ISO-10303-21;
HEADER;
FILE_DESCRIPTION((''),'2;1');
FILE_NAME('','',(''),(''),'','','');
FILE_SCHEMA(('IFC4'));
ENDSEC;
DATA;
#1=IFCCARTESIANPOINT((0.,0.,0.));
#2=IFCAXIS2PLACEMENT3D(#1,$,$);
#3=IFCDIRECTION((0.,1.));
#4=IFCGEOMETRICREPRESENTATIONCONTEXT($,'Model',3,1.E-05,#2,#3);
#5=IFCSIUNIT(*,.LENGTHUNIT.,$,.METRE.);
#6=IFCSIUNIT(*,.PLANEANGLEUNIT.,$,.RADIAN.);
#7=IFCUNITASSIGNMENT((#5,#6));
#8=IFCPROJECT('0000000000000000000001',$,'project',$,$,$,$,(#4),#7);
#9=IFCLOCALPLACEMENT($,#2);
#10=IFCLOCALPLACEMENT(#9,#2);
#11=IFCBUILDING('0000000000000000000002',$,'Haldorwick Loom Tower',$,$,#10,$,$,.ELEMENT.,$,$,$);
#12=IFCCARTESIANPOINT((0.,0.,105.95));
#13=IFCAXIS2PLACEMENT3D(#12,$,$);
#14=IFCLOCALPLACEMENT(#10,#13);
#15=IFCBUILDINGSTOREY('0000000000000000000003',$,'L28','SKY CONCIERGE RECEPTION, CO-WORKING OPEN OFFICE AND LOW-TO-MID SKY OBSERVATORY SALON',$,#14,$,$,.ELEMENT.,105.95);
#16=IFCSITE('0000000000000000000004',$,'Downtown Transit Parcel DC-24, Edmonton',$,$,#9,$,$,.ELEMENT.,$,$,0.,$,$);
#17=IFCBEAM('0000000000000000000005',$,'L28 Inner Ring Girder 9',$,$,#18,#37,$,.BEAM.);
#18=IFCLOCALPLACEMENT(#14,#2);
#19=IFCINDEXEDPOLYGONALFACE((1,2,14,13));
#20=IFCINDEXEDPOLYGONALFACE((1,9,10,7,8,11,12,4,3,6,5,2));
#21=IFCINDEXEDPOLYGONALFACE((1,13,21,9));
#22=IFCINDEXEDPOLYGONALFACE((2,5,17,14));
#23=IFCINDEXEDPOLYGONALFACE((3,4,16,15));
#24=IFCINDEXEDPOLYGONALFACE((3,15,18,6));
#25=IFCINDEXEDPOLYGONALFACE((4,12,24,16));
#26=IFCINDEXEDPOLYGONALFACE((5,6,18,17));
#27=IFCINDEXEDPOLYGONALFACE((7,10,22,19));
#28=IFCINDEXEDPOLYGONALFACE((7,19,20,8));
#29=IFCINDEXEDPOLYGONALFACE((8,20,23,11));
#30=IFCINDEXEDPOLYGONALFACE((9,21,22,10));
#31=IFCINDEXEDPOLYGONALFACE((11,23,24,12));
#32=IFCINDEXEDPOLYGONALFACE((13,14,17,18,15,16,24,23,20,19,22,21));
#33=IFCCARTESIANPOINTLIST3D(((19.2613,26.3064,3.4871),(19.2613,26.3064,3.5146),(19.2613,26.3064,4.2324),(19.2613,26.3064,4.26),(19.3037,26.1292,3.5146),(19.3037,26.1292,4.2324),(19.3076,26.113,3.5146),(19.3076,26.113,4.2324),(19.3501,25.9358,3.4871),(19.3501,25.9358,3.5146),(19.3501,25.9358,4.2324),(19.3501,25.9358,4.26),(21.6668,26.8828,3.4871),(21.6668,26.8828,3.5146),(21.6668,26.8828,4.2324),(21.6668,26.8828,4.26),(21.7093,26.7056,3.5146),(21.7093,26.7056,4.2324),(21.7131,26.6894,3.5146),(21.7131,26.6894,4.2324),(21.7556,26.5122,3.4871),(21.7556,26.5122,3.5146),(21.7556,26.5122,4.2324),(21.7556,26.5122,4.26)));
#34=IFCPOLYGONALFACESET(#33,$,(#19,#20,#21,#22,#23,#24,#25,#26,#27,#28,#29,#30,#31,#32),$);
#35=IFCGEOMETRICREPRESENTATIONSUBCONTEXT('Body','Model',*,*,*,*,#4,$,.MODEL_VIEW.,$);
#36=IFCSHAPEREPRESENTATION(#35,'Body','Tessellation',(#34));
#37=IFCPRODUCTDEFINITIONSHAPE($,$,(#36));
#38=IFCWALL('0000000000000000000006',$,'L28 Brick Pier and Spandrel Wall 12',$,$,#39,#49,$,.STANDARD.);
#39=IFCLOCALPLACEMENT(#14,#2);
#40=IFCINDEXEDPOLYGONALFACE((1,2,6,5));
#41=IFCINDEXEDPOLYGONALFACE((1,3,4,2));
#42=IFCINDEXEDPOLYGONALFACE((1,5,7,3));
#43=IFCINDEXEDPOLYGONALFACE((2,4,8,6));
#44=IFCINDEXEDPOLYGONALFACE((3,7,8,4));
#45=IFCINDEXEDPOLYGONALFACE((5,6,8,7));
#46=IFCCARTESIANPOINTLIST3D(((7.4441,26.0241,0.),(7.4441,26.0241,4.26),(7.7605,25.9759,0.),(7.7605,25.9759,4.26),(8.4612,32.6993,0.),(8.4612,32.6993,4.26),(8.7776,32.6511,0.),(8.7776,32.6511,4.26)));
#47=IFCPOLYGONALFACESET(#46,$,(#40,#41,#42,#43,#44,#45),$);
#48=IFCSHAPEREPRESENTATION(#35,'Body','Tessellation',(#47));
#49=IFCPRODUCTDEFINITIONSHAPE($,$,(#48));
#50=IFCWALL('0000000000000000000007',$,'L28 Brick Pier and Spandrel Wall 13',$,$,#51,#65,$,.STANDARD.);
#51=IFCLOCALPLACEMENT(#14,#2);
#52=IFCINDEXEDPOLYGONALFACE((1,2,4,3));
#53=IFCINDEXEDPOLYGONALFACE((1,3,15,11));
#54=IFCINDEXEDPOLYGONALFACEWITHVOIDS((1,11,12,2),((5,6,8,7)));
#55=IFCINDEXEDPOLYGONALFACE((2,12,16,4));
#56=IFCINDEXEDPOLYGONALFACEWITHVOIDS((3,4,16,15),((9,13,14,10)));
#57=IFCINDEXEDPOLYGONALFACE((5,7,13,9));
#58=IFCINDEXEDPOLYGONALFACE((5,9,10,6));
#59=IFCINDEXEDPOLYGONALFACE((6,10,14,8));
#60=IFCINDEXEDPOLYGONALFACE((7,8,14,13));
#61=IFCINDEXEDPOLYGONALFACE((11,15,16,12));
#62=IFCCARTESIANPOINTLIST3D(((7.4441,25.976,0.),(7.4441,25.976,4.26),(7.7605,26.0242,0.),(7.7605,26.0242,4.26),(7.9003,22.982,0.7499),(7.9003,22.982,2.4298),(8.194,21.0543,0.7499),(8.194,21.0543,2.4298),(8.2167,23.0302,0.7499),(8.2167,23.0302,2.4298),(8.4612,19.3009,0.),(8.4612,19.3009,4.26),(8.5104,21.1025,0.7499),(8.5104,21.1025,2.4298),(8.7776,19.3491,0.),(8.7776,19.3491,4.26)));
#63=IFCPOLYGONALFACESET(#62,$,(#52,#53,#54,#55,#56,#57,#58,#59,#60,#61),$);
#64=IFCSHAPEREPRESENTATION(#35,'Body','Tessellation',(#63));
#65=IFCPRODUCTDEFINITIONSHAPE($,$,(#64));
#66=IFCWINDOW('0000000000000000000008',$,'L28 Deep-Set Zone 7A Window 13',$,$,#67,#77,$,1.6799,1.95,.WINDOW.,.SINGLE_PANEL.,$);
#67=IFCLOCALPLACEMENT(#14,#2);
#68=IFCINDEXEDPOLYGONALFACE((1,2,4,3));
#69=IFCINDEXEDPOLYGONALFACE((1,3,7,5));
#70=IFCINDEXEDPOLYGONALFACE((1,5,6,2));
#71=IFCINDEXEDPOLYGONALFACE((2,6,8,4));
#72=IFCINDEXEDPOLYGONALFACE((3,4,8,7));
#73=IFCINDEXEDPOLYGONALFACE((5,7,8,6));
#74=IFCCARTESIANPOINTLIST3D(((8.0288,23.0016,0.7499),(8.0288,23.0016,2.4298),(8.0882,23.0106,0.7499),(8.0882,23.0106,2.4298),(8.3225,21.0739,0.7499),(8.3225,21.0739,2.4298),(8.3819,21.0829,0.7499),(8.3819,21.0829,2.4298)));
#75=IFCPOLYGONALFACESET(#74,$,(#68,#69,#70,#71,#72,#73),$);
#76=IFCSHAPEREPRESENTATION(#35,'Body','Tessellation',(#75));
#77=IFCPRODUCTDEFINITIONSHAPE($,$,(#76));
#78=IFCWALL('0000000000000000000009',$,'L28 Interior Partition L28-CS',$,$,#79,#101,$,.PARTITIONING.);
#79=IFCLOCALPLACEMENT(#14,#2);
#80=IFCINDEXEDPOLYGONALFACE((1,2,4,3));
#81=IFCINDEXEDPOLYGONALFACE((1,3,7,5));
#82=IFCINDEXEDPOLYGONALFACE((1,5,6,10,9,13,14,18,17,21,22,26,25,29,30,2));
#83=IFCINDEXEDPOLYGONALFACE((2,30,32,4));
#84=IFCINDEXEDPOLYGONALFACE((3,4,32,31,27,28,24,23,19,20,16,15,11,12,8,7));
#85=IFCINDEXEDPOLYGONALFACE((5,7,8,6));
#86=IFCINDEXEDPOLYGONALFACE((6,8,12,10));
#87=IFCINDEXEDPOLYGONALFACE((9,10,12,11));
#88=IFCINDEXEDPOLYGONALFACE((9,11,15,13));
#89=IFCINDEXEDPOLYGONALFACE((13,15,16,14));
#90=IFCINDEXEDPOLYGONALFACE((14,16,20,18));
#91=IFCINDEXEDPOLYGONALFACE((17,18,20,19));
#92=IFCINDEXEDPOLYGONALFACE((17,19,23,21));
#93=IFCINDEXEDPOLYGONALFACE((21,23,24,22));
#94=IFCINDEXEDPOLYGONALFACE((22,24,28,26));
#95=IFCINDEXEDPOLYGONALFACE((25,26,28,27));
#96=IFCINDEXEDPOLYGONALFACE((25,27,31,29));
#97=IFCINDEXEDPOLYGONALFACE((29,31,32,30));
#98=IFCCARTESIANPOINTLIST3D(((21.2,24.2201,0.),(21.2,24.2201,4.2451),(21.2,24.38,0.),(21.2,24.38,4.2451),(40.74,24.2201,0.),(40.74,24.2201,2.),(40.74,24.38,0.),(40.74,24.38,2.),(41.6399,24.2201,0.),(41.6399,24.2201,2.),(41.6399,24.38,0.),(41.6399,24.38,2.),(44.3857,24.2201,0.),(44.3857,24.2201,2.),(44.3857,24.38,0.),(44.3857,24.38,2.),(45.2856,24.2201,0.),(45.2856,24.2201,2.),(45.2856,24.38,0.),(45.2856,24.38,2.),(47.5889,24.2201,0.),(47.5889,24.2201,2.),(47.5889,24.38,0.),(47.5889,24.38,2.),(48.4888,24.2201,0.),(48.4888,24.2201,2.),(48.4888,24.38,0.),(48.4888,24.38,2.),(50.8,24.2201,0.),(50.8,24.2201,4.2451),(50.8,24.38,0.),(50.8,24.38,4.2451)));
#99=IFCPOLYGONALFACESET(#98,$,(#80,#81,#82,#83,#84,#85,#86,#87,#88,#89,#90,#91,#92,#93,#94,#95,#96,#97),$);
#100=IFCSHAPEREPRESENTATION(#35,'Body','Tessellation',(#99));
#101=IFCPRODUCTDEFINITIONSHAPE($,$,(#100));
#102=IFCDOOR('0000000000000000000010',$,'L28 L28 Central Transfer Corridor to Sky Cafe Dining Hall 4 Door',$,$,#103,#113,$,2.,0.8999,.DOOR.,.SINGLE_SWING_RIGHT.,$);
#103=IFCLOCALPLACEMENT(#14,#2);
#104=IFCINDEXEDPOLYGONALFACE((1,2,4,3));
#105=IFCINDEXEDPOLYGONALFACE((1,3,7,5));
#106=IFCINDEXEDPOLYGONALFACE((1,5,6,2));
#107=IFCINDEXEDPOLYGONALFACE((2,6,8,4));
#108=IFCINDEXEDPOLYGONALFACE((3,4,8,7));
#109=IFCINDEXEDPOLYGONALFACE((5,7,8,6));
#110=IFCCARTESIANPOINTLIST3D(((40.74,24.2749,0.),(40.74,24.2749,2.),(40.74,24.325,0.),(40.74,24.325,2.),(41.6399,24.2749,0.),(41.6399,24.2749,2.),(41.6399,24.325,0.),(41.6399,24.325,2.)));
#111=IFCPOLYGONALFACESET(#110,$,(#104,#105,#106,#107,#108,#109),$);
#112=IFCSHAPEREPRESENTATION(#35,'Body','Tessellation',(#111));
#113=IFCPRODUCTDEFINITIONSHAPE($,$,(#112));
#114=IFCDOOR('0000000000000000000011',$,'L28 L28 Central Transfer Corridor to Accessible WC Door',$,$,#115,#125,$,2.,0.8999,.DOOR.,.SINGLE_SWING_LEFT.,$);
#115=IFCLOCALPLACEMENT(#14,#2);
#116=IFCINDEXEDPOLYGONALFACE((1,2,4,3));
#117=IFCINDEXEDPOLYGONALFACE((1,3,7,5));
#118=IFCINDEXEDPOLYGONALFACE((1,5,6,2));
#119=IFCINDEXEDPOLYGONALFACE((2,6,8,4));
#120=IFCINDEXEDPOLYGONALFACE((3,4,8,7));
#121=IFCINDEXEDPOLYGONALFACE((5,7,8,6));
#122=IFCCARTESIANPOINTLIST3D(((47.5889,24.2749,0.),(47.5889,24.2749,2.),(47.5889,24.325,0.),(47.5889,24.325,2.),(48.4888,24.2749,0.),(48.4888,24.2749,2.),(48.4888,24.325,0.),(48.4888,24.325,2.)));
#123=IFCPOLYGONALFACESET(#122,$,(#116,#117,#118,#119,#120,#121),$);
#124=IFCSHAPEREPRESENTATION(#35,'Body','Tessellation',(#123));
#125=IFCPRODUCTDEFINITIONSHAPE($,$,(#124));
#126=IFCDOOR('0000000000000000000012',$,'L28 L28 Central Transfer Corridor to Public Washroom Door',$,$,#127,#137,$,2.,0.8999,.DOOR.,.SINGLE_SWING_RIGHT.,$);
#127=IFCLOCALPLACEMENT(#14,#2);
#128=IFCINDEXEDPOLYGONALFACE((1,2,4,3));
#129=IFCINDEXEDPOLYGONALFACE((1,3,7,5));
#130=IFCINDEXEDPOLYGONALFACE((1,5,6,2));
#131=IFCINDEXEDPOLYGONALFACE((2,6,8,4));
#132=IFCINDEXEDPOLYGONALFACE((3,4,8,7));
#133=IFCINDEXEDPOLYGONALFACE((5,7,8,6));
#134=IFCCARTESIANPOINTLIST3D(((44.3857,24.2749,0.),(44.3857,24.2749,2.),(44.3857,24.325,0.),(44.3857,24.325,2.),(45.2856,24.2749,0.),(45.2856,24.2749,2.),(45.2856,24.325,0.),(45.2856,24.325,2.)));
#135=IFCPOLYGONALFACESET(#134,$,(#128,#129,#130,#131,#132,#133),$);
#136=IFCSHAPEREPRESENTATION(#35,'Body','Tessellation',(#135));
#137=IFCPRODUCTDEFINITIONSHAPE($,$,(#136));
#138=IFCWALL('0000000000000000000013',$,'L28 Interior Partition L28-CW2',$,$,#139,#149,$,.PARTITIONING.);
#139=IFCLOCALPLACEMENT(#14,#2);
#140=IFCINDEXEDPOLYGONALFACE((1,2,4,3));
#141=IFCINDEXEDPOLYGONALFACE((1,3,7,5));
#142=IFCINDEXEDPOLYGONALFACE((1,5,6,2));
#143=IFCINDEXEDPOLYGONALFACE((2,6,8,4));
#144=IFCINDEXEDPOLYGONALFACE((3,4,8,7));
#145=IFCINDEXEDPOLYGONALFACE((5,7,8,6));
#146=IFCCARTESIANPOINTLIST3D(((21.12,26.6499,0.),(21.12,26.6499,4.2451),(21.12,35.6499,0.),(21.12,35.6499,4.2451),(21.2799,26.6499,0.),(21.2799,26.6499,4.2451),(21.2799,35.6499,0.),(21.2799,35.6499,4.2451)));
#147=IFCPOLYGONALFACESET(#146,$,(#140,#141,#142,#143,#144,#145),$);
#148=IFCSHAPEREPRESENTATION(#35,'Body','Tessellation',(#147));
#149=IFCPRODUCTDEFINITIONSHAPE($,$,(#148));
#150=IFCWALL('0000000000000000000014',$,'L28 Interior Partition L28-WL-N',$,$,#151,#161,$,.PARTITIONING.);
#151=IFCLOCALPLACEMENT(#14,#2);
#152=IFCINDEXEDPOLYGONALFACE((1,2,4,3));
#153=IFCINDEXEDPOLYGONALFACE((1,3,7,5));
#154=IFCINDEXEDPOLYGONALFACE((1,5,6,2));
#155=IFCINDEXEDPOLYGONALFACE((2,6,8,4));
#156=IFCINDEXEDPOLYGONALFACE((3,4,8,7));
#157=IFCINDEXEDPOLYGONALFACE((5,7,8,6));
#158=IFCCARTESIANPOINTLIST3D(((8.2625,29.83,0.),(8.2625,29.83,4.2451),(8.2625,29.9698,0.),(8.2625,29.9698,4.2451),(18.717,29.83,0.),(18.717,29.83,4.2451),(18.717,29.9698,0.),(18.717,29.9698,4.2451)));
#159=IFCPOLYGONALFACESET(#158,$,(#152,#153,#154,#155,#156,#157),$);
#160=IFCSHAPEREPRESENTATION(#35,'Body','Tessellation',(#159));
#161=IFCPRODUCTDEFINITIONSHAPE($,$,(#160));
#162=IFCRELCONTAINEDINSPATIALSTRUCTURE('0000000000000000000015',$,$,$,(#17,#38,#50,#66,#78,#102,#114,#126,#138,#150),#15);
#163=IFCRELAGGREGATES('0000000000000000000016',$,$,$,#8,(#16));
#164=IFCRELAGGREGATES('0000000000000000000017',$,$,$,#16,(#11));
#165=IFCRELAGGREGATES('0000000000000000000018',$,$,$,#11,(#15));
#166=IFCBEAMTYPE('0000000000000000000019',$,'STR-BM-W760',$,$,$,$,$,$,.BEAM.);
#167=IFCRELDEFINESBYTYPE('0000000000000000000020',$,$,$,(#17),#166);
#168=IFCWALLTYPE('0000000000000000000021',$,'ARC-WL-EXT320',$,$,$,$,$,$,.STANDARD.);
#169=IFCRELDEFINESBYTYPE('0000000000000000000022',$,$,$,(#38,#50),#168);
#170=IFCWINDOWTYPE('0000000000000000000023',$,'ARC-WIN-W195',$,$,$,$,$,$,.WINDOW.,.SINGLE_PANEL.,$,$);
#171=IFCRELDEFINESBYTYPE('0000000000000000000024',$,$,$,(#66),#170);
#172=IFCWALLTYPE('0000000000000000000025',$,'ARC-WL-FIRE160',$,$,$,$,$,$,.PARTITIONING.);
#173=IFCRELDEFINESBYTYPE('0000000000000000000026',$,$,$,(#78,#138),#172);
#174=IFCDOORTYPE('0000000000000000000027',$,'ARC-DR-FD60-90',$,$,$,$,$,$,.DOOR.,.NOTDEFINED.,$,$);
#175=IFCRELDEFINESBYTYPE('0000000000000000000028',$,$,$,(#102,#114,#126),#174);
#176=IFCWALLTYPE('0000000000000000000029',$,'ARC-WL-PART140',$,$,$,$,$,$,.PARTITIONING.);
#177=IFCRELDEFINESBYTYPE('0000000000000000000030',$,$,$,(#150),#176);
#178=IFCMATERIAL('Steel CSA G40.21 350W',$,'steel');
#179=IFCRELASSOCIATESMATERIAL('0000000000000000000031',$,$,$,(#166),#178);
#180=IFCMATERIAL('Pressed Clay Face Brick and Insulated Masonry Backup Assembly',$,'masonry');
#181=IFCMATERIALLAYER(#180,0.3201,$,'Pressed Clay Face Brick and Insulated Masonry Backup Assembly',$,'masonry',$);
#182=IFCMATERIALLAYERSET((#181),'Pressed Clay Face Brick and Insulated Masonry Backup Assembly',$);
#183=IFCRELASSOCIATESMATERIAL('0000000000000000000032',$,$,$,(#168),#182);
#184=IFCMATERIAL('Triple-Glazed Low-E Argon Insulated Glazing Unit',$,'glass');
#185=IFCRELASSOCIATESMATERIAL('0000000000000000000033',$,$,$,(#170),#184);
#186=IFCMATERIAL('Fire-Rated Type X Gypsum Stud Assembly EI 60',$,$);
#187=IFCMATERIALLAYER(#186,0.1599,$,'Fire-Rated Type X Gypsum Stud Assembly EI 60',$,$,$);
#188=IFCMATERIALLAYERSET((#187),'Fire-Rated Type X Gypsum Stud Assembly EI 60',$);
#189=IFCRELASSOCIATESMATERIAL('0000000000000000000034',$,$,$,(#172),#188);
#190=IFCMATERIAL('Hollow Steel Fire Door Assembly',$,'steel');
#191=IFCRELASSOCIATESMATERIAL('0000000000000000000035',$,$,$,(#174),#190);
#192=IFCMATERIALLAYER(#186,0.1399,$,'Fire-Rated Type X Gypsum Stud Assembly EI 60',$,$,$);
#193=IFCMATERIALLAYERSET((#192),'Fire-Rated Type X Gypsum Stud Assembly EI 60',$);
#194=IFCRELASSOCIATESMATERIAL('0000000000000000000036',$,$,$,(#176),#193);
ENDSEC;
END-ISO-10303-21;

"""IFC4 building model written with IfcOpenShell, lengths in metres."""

from ifc_helpers import new_model, si_unit, direction, frame, frame_2d, origin, origin_2d, place, context, subcontext, project, spatial, rectangle, i_section, extrude, material, layer, layer_set, material_profile, profile_set, type_object, element, fill, save


model = new_model("IFC4")

# Units and contexts
model_context = context("Model", 3, precision=1e-05, world=origin(), true_north=direction((0.0, 1.0)))
body_context = subcontext(model_context, "Body", "Model", "MODEL_VIEW")
ifc_project = project(units=[si_unit("LENGTHUNIT", "METRE"), si_unit("PLANEANGLEUNIT", "RADIAN")], contexts=[model_context])

# Site, building, storey
site_placement = place(None, origin())
site = spatial("IfcSite", under=ifc_project, at=site_placement, Name="Downtown Transit Parcel DC-24, Edmonton", CompositionType="ELEMENT", RefElevation=0.0)
building_placement = place(site_placement, origin())
building = spatial("IfcBuilding", under=site, at=building_placement, Name="Haldorwick Loom Tower", CompositionType="ELEMENT")
storey_placement = place(building_placement, frame((0.0, 0.0, 105.95)))
storey = spatial("IfcBuildingStorey", under=building, at=storey_placement, Name="L28", Description="SKY CONCIERGE RECEPTION, CO-WORKING OPEN OFFICE AND LOW-TO-MID SKY OBSERVATORY SALON", CompositionType="ELEMENT", Elevation=105.95)

# Beam
ifc_material_1 = material(Name="Steel CSA G40.21 350W", Category="steel")
ifc_material_profile_1 = material_profile(ifc_material_1, i_section(OverallWidth=0.3811, OverallDepth=0.7729, WebThickness=0.0166, FlangeThickness=0.0276, at=origin_2d()), Name="W760X257", Category="steel")
ifc_profile_set_1 = profile_set([ifc_material_profile_1], Name="Steel CSA G40.21 350W")
beam_type_1 = type_object("IfcBeamType", Name="STR-BM-W760", PredefinedType="BEAM", material=ifc_profile_set_1)
beam_1_placement = place(storey_placement, frame((19.3057, 26.1211, 3.8735), z_axis=(0.972471, 0.233026, 0.0), x_axis=(-0.233026, 0.972471, 0.0)))
element("IfcBeam", 1, at=beam_1_placement, inside=storey, type_object=beam_type_1, Name="L28 Inner Ring Girder 9", PredefinedType="BEAM", context=body_context, shape_type="SweptSolid", body=[
    extrude(i_section(OverallWidth=0.3811, OverallDepth=0.7729, WebThickness=0.0166, FlangeThickness=0.0276, at=origin_2d()), origin(), (0.0, 0.0, 1.0), 2.4736),
])

# Wall
ifc_material_2 = material(Name="Pressed Clay Face Brick and Insulated Masonry Backup Assembly", Category="masonry")
ifc_layer_1 = layer(ifc_material_2, 0.3201, Name="Pressed Clay Face Brick and Insulated Masonry Backup Assembly", Category="masonry")
ifc_layer_set_1 = layer_set([ifc_layer_1], Name="Pressed Clay Face Brick and Insulated Masonry Backup Assembly")
wall_type_1 = type_object("IfcWallType", Name="ARC-WL-EXT320", PredefinedType="STANDARD", material=ifc_layer_set_1)
wall_1_placement = place(storey_placement, frame((8.6194, 32.675, 0.0), z_axis=(0.0, 0.0, 1.0), x_axis=(-0.150633, -0.98859, 0.0)))
element("IfcWall", 2, at=wall_1_placement, inside=storey, type_object=wall_type_1, Name="L28 Brick Pier and Spandrel Wall 12", PredefinedType="STANDARD", context=body_context, shape_type="SweptSolid", body=[
    extrude(rectangle(XDim=6.7522, YDim=0.3201, at=frame_2d((3.376, 0.0))), origin(), (0.0, 0.0, 1.0), 4.26),
])

# Wall, opening, window
wall_2_placement = place(storey_placement, frame((7.6023, 26.0, 0.0), z_axis=(0.0, 0.0, 1.0), x_axis=(0.150633, -0.98859, 0.0)))
wall_2 = element("IfcWall", 3, at=wall_2_placement, inside=storey, type_object=wall_type_1, Name="L28 Brick Pier and Spandrel Wall 13", PredefinedType="STANDARD", context=body_context, shape_type="SweptSolid", body=[
    extrude(rectangle(XDim=6.7522, YDim=0.3201, at=frame_2d((3.376, 0.0))), origin(), (0.0, 0.0, 1.0), 4.26),
])
opening_1_placement = place(wall_2_placement, frame((3.0283, 0.0, 0.75)))
opening_1 = element("IfcOpeningElement", 4, at=opening_1_placement, cuts=wall_2, PredefinedType="OPENING", context=body_context, shape_type="SweptSolid", body=[
    extrude(rectangle(XDim=1.95, YDim=1.6799, at=frame_2d((0.9751, 0.8398))), frame((0.0, 0.1699, 0.0), z_axis=(0.0, -1.0, 0.0), x_axis=(1.0, 0.0, 0.0)), (0.0, 0.0, 1.0), 0.3401),
])
ifc_material_3 = material(Name="Triple-Glazed Low-E Argon Insulated Glazing Unit", Category="glass")
window_type = type_object("IfcWindowType", Name="ARC-WIN-W195", PartitioningType="SINGLE_PANEL", PredefinedType="WINDOW", material=ifc_material_3)
window_placement = place(opening_1_placement, origin())
window = element("IfcWindow", 5, at=window_placement, inside=storey, type_object=window_type, Name="L28 Deep-Set Zone 7A Window 13", OverallHeight=1.6799, OverallWidth=1.95, PartitioningType="SINGLE_PANEL", PredefinedType="WINDOW", context=body_context, shape_type="SweptSolid", body=[
    extrude(rectangle(XDim=1.95, YDim=1.6799, at=frame_2d((0.9751, 0.8398))), frame((0.0, 0.03, 0.0), z_axis=(0.0, -1.0, 0.0), x_axis=(1.0, 0.0, 0.0)), (0.0, 0.0, 1.0), 0.0601),
])
fill(opening_1, window)

# Wall, openings, doors
ifc_material_4 = material(Name="Fire-Rated Type X Gypsum Stud Assembly EI 60")
ifc_layer_2 = layer(ifc_material_4, 0.1599, Name="Fire-Rated Type X Gypsum Stud Assembly EI 60")
ifc_layer_set_2 = layer_set([ifc_layer_2], Name="Fire-Rated Type X Gypsum Stud Assembly EI 60")
wall_type_2 = type_object("IfcWallType", Name="ARC-WL-FIRE160", PredefinedType="PARTITIONING", material=ifc_layer_set_2)
wall_3_placement = place(storey_placement, frame((21.2, 24.3, 0.0), z_axis=(0.0, 0.0, 1.0), x_axis=(1.0, 0.0, 0.0)))
wall_3 = element("IfcWall", 6, at=wall_3_placement, inside=storey, type_object=wall_type_2, Name="L28 Interior Partition L28-CS", PredefinedType="PARTITIONING", context=body_context, shape_type="SweptSolid", body=[
    extrude(rectangle(XDim=29.6001, YDim=0.1599, at=frame_2d((14.8, 0.0))), origin(), (0.0, 0.0, 1.0), 4.2451),
])
opening_2_placement = place(wall_3_placement, frame((19.54, 0.0, 0.0)))
opening_2 = element("IfcOpeningElement", 7, at=opening_2_placement, cuts=wall_3, PredefinedType="OPENING", context=body_context, shape_type="SweptSolid", body=[
    extrude(rectangle(XDim=0.8999, YDim=2.0, at=frame_2d((0.45, 1.0))), frame((0.0, 0.0898, 0.0), z_axis=(0.0, -1.0, 0.0), x_axis=(1.0, 0.0, 0.0)), (0.0, 0.0, 1.0), 0.1799),
])
opening_3_placement = place(wall_3_placement, frame((26.3889, 0.0, 0.0)))
opening_3 = element("IfcOpeningElement", 8, at=opening_3_placement, cuts=wall_3, PredefinedType="OPENING", context=body_context, shape_type="SweptSolid", body=[
    extrude(rectangle(XDim=0.8999, YDim=2.0, at=frame_2d((0.45, 1.0))), frame((0.0, 0.0898, 0.0), z_axis=(0.0, -1.0, 0.0), x_axis=(1.0, 0.0, 0.0)), (0.0, 0.0, 1.0), 0.1799),
])
opening_4_placement = place(wall_3_placement, frame((23.1858, 0.0, 0.0)))
opening_4 = element("IfcOpeningElement", 9, at=opening_4_placement, cuts=wall_3, PredefinedType="OPENING", context=body_context, shape_type="SweptSolid", body=[
    extrude(rectangle(XDim=0.8999, YDim=2.0, at=frame_2d((0.45, 1.0))), frame((0.0, 0.0898, 0.0), z_axis=(0.0, -1.0, 0.0), x_axis=(1.0, 0.0, 0.0)), (0.0, 0.0, 1.0), 0.1799),
])
ifc_material_5 = material(Name="Hollow Steel Fire Door Assembly", Category="steel")
door_type_1 = type_object("IfcDoorType", Name="ARC-DR-FD60-90", OperationType="NOTDEFINED", PredefinedType="DOOR", material=ifc_material_5)
door_1_placement = place(opening_2_placement, origin())
door_1 = element("IfcDoor", 10, at=door_1_placement, inside=storey, type_object=door_type_1, Name="L28 L28 Central Transfer Corridor to Sky Cafe Dining Hall 4 Door", OperationType="SINGLE_SWING_RIGHT", OverallHeight=2.0, OverallWidth=0.8999, PredefinedType="DOOR", context=body_context, shape_type="SweptSolid", body=[
    extrude(rectangle(XDim=0.8999, YDim=2.0, at=frame_2d((0.45, 1.0))), frame((0.0, 0.0249, 0.0), z_axis=(0.0, -1.0, 0.0), x_axis=(1.0, 0.0, 0.0)), (0.0, 0.0, 1.0), 0.05),
])
fill(opening_2, door_1)
door_2_placement = place(opening_3_placement, origin())
door_2 = element("IfcDoor", 11, at=door_2_placement, inside=storey, type_object=door_type_1, Name="L28 L28 Central Transfer Corridor to Accessible WC Door", OperationType="SINGLE_SWING_LEFT", OverallHeight=2.0, OverallWidth=0.8999, PredefinedType="DOOR", context=body_context, shape_type="SweptSolid", body=[
    extrude(rectangle(XDim=0.8999, YDim=2.0, at=frame_2d((0.45, 1.0))), frame((0.0, 0.0249, 0.0), z_axis=(0.0, -1.0, 0.0), x_axis=(1.0, 0.0, 0.0)), (0.0, 0.0, 1.0), 0.05),
])
fill(opening_3, door_2)
door_3_placement = place(opening_4_placement, origin())
door_3 = element("IfcDoor", 12, at=door_3_placement, inside=storey, type_object=door_type_1, Name="L28 L28 Central Transfer Corridor to Public Washroom Door", OperationType="SINGLE_SWING_RIGHT", OverallHeight=2.0, OverallWidth=0.8999, PredefinedType="DOOR", context=body_context, shape_type="SweptSolid", body=[
    extrude(rectangle(XDim=0.8999, YDim=2.0, at=frame_2d((0.45, 1.0))), frame((0.0, 0.0249, 0.0), z_axis=(0.0, -1.0, 0.0), x_axis=(1.0, 0.0, 0.0)), (0.0, 0.0, 1.0), 0.05),
])
fill(opening_4, door_3)

# Walls
wall_4_placement = place(storey_placement, frame((21.2, 26.6499, 0.0), z_axis=(0.0, 0.0, 1.0), x_axis=(0.0, 1.0, 0.0)))
element("IfcWall", 13, at=wall_4_placement, inside=storey, type_object=wall_type_2, Name="L28 Interior Partition L28-CW2", PredefinedType="PARTITIONING", context=body_context, shape_type="SweptSolid", body=[
    extrude(rectangle(XDim=9.0, YDim=0.1599, at=frame_2d((4.5, 0.0))), origin(), (0.0, 0.0, 1.0), 4.2451),
])
ifc_layer_3 = layer(ifc_material_4, 0.1399, Name="Fire-Rated Type X Gypsum Stud Assembly EI 60")
ifc_layer_set_3 = layer_set([ifc_layer_3], Name="Fire-Rated Type X Gypsum Stud Assembly EI 60")
wall_type_3 = type_object("IfcWallType", Name="ARC-WL-PART140", PredefinedType="PARTITIONING", material=ifc_layer_set_3)
wall_5_placement = place(storey_placement, frame((8.2625, 29.8999, 0.0), z_axis=(0.0, 0.0, 1.0), x_axis=(1.0, 0.0, 0.0)))
element("IfcWall", 14, at=wall_5_placement, inside=storey, type_object=wall_type_3, Name="L28 Interior Partition L28-WL-N", PredefinedType="PARTITIONING", context=body_context, shape_type="SweptSolid", body=[
    extrude(rectangle(XDim=10.4546, YDim=0.1399, at=frame_2d((5.2273, 0.0))), origin(), (0.0, 0.0, 1.0), 4.2451),
])

save(model, "model.ifc")
